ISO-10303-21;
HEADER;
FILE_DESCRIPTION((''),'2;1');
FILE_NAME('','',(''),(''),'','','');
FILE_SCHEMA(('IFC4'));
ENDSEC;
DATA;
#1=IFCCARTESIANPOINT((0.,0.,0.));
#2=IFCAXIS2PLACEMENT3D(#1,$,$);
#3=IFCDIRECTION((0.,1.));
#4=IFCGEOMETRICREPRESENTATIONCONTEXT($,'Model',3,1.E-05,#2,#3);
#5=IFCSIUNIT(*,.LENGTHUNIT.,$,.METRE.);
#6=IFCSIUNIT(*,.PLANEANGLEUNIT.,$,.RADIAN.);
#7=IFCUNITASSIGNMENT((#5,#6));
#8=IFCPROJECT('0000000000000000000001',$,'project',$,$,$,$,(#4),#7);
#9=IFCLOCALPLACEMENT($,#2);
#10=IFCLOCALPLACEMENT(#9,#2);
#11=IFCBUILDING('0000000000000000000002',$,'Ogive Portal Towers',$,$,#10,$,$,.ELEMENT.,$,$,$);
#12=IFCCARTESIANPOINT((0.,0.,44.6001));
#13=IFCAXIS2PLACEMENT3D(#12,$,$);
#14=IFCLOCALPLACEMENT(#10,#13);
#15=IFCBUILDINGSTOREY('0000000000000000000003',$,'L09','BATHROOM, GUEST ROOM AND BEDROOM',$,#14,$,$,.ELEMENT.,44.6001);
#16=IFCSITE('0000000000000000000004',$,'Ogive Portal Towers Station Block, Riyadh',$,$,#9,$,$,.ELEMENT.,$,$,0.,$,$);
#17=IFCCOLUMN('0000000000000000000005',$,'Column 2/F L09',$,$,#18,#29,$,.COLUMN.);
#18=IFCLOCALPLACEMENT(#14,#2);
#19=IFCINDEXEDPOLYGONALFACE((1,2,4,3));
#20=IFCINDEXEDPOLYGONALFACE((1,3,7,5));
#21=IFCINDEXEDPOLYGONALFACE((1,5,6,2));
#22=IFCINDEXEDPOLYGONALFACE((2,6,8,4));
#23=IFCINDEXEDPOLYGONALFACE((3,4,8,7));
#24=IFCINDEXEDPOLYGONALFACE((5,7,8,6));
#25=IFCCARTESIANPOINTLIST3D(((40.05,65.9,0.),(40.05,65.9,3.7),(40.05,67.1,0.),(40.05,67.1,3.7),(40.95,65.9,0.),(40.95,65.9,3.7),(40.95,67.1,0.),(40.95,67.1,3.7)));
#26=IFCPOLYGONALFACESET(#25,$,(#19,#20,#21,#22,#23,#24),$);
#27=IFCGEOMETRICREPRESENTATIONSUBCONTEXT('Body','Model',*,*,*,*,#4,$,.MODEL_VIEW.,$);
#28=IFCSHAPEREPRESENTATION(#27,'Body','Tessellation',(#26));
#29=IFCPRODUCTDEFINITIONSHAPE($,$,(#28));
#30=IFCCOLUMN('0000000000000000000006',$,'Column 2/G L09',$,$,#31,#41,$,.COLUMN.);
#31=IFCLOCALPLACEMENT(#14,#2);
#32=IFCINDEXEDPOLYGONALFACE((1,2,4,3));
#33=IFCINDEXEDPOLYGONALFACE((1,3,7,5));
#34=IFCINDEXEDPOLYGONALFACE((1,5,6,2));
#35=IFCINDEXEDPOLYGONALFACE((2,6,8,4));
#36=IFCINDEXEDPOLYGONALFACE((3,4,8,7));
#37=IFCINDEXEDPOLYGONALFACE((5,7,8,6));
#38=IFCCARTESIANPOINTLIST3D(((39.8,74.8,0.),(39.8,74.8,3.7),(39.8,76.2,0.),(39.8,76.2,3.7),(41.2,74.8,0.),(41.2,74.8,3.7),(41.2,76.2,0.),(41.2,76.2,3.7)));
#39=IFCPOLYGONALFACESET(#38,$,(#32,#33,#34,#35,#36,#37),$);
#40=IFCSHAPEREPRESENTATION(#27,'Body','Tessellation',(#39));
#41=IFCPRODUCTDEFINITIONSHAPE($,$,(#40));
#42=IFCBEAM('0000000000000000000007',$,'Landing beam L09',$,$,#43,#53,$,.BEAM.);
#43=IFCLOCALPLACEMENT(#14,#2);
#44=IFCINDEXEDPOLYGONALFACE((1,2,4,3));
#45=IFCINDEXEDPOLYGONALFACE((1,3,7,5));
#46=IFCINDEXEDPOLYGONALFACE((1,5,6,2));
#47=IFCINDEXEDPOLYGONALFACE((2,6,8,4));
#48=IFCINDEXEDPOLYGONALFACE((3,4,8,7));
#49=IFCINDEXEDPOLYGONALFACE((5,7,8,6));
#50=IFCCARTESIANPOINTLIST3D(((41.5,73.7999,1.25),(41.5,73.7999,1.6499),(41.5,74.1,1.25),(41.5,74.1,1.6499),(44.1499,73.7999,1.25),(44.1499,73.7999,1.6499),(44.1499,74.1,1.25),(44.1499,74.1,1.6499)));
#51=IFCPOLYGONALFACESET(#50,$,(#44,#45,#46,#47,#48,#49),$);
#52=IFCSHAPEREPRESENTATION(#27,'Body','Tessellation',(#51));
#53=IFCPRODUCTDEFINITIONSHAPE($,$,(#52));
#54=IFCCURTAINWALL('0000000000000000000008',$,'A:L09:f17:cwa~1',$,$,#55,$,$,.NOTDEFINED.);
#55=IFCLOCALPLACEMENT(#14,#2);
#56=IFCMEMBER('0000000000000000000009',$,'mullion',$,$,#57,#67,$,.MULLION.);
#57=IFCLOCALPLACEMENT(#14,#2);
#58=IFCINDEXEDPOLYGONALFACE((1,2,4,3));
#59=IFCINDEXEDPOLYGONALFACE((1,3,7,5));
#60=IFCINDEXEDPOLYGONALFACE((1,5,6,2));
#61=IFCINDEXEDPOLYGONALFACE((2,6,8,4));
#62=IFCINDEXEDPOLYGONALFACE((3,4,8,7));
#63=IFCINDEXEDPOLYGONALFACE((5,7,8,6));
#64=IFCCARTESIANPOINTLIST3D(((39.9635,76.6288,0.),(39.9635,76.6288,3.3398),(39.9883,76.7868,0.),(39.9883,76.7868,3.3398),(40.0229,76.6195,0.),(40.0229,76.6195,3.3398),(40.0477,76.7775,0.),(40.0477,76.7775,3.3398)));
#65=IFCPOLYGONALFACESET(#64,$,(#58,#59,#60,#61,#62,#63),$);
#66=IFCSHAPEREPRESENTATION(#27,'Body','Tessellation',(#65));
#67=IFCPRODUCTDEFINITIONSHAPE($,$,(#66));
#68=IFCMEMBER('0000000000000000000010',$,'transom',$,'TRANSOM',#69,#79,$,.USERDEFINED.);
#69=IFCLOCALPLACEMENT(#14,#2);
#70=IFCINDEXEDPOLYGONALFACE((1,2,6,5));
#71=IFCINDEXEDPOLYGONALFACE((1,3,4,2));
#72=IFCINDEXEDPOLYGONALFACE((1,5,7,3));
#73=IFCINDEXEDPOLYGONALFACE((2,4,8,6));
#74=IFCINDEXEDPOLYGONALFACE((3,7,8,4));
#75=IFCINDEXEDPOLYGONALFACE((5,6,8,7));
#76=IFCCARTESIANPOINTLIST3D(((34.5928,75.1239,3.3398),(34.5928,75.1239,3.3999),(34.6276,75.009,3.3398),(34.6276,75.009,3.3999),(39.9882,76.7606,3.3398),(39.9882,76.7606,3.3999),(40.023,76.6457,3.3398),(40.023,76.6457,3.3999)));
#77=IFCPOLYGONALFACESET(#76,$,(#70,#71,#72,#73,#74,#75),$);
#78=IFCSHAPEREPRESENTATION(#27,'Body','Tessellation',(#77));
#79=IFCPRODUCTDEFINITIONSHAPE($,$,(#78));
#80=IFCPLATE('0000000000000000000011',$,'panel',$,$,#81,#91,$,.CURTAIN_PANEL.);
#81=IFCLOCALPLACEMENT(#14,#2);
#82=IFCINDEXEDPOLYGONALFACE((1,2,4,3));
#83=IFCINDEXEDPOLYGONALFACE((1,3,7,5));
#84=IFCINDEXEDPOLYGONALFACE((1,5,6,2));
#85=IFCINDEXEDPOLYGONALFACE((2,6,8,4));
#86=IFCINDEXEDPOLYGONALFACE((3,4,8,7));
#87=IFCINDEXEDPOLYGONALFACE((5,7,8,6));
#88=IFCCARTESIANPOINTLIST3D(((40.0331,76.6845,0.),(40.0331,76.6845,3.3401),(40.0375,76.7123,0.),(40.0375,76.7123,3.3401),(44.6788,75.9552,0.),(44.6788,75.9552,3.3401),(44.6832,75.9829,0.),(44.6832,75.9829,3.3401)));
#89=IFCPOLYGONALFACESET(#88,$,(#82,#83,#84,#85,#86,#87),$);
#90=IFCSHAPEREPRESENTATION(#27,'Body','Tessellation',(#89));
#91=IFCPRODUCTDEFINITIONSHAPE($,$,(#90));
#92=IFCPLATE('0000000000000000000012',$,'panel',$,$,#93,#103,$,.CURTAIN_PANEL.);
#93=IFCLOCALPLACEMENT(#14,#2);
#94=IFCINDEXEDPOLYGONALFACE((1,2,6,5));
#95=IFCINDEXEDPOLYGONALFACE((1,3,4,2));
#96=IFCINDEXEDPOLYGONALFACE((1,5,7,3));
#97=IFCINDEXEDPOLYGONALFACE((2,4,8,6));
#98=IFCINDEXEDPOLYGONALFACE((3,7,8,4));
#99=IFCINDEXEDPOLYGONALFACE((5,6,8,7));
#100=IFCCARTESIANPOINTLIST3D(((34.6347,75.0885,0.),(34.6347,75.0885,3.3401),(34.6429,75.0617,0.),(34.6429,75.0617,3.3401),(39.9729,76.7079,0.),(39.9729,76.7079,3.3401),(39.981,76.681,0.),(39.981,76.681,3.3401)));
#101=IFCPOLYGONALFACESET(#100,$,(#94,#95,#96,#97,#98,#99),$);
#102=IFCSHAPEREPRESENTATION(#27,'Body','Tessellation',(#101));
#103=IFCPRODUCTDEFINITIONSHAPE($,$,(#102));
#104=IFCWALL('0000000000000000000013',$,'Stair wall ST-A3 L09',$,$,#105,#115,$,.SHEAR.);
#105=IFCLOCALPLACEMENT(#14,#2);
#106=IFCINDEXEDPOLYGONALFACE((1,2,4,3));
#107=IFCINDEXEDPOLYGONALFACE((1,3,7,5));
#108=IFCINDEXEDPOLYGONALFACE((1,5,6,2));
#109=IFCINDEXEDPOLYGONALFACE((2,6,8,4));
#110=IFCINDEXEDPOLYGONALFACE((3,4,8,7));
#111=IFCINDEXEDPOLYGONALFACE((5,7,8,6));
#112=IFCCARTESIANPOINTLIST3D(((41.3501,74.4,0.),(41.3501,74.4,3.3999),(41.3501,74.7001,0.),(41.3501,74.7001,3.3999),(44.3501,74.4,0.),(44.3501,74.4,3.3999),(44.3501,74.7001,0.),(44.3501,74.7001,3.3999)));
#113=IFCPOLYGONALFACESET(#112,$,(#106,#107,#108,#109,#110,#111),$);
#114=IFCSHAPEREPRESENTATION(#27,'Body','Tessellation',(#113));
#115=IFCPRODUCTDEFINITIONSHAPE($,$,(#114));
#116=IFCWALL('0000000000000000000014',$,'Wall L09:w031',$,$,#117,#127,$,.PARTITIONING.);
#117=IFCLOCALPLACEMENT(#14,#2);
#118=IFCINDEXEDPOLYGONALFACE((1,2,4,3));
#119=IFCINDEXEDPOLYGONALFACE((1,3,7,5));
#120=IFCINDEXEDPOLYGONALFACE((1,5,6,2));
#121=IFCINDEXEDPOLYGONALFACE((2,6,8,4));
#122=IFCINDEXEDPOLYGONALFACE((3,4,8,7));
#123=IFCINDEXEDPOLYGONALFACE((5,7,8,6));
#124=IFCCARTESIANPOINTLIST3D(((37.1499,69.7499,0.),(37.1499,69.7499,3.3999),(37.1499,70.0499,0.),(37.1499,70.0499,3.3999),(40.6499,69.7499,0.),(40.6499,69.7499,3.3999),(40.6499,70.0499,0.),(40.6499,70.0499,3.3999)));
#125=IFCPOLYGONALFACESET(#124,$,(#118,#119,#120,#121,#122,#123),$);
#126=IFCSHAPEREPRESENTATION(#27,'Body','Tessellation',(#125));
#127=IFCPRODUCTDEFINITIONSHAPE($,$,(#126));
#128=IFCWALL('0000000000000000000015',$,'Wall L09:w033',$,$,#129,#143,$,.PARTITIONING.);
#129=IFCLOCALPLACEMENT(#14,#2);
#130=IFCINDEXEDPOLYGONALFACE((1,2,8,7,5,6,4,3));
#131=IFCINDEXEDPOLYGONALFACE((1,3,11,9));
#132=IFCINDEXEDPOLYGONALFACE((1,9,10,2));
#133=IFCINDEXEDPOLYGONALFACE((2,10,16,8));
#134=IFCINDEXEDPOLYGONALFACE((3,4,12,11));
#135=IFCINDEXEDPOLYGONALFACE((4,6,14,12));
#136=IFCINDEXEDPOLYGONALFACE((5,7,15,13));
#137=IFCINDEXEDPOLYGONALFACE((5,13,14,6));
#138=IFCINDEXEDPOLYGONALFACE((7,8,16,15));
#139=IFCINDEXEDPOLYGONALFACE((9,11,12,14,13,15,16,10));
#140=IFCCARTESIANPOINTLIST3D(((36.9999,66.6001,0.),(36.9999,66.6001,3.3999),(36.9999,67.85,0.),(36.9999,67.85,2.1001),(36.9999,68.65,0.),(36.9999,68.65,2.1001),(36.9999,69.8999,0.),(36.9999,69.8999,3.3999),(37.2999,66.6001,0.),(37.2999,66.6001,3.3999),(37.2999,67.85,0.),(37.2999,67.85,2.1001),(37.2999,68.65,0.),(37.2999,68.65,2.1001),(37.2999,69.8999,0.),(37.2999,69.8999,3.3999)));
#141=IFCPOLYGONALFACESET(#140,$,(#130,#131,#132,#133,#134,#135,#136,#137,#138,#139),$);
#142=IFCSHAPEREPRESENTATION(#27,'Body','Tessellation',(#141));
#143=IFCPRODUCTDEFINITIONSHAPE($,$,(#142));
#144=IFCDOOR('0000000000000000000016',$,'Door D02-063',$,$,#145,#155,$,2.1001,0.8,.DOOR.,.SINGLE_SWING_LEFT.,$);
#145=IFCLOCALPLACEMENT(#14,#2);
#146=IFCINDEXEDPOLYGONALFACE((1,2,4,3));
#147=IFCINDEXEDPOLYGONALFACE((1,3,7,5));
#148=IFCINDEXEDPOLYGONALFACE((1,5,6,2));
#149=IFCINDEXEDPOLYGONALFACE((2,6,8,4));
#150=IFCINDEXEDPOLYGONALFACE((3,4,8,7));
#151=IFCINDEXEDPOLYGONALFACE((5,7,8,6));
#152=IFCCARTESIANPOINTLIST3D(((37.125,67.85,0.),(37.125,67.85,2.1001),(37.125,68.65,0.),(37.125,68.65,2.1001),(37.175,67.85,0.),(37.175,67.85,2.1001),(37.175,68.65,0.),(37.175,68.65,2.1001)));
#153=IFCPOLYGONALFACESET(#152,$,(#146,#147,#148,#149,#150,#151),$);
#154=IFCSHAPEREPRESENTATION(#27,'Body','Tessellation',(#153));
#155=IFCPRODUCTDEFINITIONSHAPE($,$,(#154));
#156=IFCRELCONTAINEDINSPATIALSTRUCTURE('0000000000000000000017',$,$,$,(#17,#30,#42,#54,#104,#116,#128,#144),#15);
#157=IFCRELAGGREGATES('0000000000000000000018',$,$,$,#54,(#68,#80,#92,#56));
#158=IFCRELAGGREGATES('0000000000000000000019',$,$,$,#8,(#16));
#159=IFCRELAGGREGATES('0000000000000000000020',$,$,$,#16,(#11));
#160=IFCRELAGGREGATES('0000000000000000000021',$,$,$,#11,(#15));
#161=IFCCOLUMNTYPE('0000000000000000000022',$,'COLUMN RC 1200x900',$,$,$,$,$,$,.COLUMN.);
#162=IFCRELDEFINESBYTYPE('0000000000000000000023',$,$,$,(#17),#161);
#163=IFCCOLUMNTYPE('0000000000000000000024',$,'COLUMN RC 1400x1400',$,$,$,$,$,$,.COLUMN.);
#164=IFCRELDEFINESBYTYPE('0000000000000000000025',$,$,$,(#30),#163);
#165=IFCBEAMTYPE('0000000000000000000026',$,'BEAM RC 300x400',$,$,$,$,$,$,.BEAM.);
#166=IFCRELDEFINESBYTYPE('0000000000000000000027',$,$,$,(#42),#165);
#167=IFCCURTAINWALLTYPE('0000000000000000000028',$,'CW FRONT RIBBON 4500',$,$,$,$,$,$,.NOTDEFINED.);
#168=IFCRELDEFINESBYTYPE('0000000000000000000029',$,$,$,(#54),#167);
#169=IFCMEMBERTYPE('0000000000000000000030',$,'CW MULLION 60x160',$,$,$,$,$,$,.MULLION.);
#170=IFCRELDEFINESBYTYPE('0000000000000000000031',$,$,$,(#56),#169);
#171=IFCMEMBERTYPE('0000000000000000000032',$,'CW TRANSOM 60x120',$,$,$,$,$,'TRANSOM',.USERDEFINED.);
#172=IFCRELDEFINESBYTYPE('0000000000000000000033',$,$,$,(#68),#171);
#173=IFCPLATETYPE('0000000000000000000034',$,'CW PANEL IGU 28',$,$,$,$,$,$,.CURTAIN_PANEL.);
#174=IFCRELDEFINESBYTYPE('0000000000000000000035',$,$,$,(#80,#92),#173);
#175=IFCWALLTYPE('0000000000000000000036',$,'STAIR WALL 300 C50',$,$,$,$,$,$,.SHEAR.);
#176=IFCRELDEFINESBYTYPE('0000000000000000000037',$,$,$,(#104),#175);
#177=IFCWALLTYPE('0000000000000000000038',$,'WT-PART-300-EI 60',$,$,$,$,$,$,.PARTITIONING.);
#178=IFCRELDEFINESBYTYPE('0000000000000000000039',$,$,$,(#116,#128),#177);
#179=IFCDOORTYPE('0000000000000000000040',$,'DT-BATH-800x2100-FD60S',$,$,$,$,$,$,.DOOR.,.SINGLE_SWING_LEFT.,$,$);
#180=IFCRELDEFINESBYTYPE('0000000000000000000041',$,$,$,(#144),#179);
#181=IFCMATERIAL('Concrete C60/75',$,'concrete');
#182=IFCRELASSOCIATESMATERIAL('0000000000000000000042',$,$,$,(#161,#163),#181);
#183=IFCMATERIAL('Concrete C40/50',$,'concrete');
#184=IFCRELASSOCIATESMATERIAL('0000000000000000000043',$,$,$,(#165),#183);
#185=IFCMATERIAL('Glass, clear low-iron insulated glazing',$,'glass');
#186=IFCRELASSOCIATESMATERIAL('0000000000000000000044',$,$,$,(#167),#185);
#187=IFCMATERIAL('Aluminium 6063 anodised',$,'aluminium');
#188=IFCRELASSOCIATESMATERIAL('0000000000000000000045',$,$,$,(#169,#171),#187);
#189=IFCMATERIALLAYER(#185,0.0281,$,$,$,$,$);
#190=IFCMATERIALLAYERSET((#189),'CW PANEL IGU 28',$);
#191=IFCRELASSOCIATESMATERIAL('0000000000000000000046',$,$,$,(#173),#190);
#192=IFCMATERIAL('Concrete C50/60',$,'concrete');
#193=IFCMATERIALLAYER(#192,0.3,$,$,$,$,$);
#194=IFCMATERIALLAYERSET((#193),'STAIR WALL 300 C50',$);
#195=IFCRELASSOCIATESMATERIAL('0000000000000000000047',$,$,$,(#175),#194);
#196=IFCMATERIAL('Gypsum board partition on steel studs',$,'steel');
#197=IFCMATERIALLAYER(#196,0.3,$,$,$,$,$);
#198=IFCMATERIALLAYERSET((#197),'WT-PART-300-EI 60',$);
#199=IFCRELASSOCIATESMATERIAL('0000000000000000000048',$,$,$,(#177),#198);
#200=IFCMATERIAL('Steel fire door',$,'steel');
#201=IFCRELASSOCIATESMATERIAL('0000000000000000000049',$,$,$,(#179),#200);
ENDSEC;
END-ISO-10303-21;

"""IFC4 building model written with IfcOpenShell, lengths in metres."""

from ifc_helpers import new_model, si_unit, direction, frame, frame_2d, origin, origin_2d, place, context, subcontext, project, spatial, rectangle, extrude, material, layer, layer_set, material_profile, profile_set, type_object, element, fill, aggregate, save


model = new_model("IFC4")

# Units and contexts
model_context = context("Model", 3, precision=1e-05, world=origin(), true_north=direction((0.0, 1.0)))
body_context = subcontext(model_context, "Body", "Model", "MODEL_VIEW")
ifc_project = project(units=[si_unit("LENGTHUNIT", "METRE"), si_unit("PLANEANGLEUNIT", "RADIAN")], contexts=[model_context])

# Site, building, storey
site_placement = place(None, origin())
site = spatial("IfcSite", under=ifc_project, at=site_placement, Name="Ogive Portal Towers Station Block, Riyadh", CompositionType="ELEMENT", RefElevation=0.0)
building_placement = place(site_placement, origin())
building = spatial("IfcBuilding", under=site, at=building_placement, Name="Ogive Portal Towers", CompositionType="ELEMENT")
storey_placement = place(building_placement, frame((0.0, 0.0, 44.6001)))
storey = spatial("IfcBuildingStorey", under=building, at=storey_placement, Name="L09", Description="BATHROOM, GUEST ROOM AND BEDROOM", CompositionType="ELEMENT", Elevation=44.6001)

# Columns
ifc_material_1 = material(Name="Concrete C60/75", Category="concrete")
ifc_material_profile_1 = material_profile(ifc_material_1, rectangle(XDim=1.2, YDim=0.8999, at=origin_2d()), Name="RC 1200x900")
ifc_profile_set_1 = profile_set([ifc_material_profile_1], Name="Concrete C60/75")
column_type_1 = type_object("IfcColumnType", Name="COLUMN RC 1200x900", PredefinedType="COLUMN", material=ifc_profile_set_1)
column_1_placement = place(storey_placement, frame((40.5, 66.5, 0.0), z_axis=(0.0, 0.0, 1.0), x_axis=(0.0, 1.0, 0.0)))
element("IfcColumn", 1, at=column_1_placement, inside=storey, type_object=column_type_1, Name="Column 2/F L09", PredefinedType="COLUMN", context=body_context, shape_type="SweptSolid", body=[
    extrude(rectangle(XDim=1.2, YDim=0.8999, at=origin_2d()), origin(), (0.0, 0.0, 1.0), 3.7),
])
ifc_material_profile_2 = material_profile(ifc_material_1, rectangle(XDim=1.3999, YDim=1.3999, at=origin_2d()), Name="RC 1400x1400")
ifc_profile_set_2 = profile_set([ifc_material_profile_2], Name="Concrete C60/75")
column_type_2 = type_object("IfcColumnType", Name="COLUMN RC 1400x1400", PredefinedType="COLUMN", material=ifc_profile_set_2)
column_2_placement = place(storey_placement, frame((40.5, 75.5, 0.0), z_axis=(0.0, 0.0, 1.0), x_axis=(1.0, 0.0, 0.0)))
element("IfcColumn", 2, at=column_2_placement, inside=storey, type_object=column_type_2, Name="Column 2/G L09", PredefinedType="COLUMN", context=body_context, shape_type="SweptSolid", body=[
    extrude(rectangle(XDim=1.3999, YDim=1.3999, at=origin_2d()), origin(), (0.0, 0.0, 1.0), 3.7),
])

# Beam
ifc_material_2 = material(Name="Concrete C40/50", Category="concrete")
ifc_material_profile_3 = material_profile(ifc_material_2, rectangle(XDim=0.3, YDim=0.3999, at=origin_2d()), Name="RC 300x400")
ifc_profile_set_3 = profile_set([ifc_material_profile_3], Name="Concrete C40/50")
beam_type = type_object("IfcBeamType", Name="BEAM RC 300x400", PredefinedType="BEAM", material=ifc_profile_set_3)
beam_placement = place(storey_placement, frame((41.5, 73.95, 1.45), z_axis=(1.0, 0.0, 0.0), x_axis=(0.0, 1.0, 0.0)))
element("IfcBeam", 3, at=beam_placement, inside=storey, type_object=beam_type, Name="Landing beam L09", PredefinedType="BEAM", context=body_context, shape_type="SweptSolid", body=[
    extrude(rectangle(XDim=0.3, YDim=0.3999, at=origin_2d()), origin(), (0.0, 0.0, 1.0), 2.6499),
])

# Curtain wall, members, plates
ifc_material_3 = material(Name="Glass, clear low-iron insulated glazing", Category="glass")
curtain_wall_type = type_object("IfcCurtainWallType", Name="CW FRONT RIBBON 4500", PredefinedType="NOTDEFINED", material=ifc_material_3)
curtain_wall_placement = place(storey_placement, origin())
curtain_wall = element("IfcCurtainWall", 4, at=curtain_wall_placement, inside=storey, type_object=curtain_wall_type, Name="A:L09:f17:cwa~1", PredefinedType="NOTDEFINED")
ifc_material_4 = material(Name="Aluminium 6063 anodised", Category="aluminium")
ifc_material_profile_4 = material_profile(ifc_material_4, rectangle(XDim=0.1599, YDim=0.0601, at=origin_2d()), Name="AL 60x160")
ifc_profile_set_4 = profile_set([ifc_material_profile_4], Name="Aluminium 6063 anodised")
member_type_1 = type_object("IfcMemberType", Name="CW MULLION 60x160", PredefinedType="MULLION", material=ifc_profile_set_4)
member_1_placement = place(storey_placement, frame((40.0056, 76.7031, 0.0), z_axis=(0.0, 0.0, 1.0), x_axis=(-0.155089, -0.987901, 0.0)))
member_1 = element("IfcMember", 5, at=member_1_placement, type_object=member_type_1, Name="mullion", PredefinedType="MULLION", context=body_context, shape_type="SweptSolid", body=[
    extrude(rectangle(XDim=0.1599, YDim=0.0601, at=origin_2d()), origin(), (0.0, 0.0, 1.0), 3.3398),
])
ifc_material_profile_5 = material_profile(ifc_material_4, rectangle(XDim=0.1201, YDim=0.0601, at=origin_2d()), Name="AL 120x60")
ifc_profile_set_5 = profile_set([ifc_material_profile_5], Name="Aluminium 6063 anodised")
member_type_2 = type_object("IfcMemberType", Name="CW TRANSOM 60x120", ElementType="TRANSOM", PredefinedType="USERDEFINED", material=ifc_profile_set_5)
member_2_placement = place(storey_placement, frame((40.0056, 76.7031, 3.3699), z_axis=(-0.95694, -0.290286, 0.0), x_axis=(0.290286, -0.95694, 0.0)))
member_2 = element("IfcMember", 6, at=member_2_placement, type_object=member_type_2, Name="transom", ObjectType="TRANSOM", PredefinedType="USERDEFINED", context=body_context, shape_type="SweptSolid", body=[
    extrude(rectangle(XDim=0.1201, YDim=0.0601, at=origin_2d()), origin(), (0.0, 0.0, 1.0), 5.6382),
])
ifc_layer_1 = layer(ifc_material_3, 0.0281)
ifc_layer_set_1 = layer_set([ifc_layer_1], Name="CW PANEL IGU 28")
plate_type = type_object("IfcPlateType", Name="CW PANEL IGU 28", PredefinedType="CURTAIN_PANEL", material=ifc_layer_set_1)
plate_1_placement = place(storey_placement, frame((42.3582, 76.3337, 0.0), z_axis=(0.0, 0.0, 1.0), x_axis=(-0.987901, 0.155089, 0.0)))
plate_1 = element("IfcPlate", 7, at=plate_1_placement, type_object=plate_type, Name="panel", PredefinedType="CURTAIN_PANEL", context=body_context, shape_type="SweptSolid", body=[
    extrude(rectangle(XDim=4.7026, YDim=0.0281, at=origin_2d()), origin(), (0.0, 0.0, 1.0), 3.3401),
])
plate_2_placement = place(storey_placement, frame((37.3079, 75.8848, 0.0), z_axis=(0.0, 0.0, 1.0), x_axis=(-0.95694, -0.290285, 0.0)))
plate_2 = element("IfcPlate", 8, at=plate_2_placement, type_object=plate_type, Name="panel", PredefinedType="CURTAIN_PANEL", context=body_context, shape_type="SweptSolid", body=[
    extrude(rectangle(XDim=5.5784, YDim=0.0281, at=origin_2d()), origin(), (0.0, 0.0, 1.0), 3.3401),
])
aggregate(curtain_wall, [member_2, plate_1, plate_2, member_1])

# Walls
ifc_material_5 = material(Name="Concrete C50/60", Category="concrete")
ifc_layer_2 = layer(ifc_material_5, 0.3)
ifc_layer_set_2 = layer_set([ifc_layer_2], Name="STAIR WALL 300 C50")
wall_type_1 = type_object("IfcWallType", Name="STAIR WALL 300 C50", PredefinedType="SHEAR", material=ifc_layer_set_2)
wall_1_placement = place(storey_placement, frame((41.3501, 74.55, 0.0), z_axis=(0.0, 0.0, 1.0), x_axis=(1.0, 0.0, 0.0)))
element("IfcWall", 9, at=wall_1_placement, inside=storey, type_object=wall_type_1, Name="Stair wall ST-A3 L09", PredefinedType="SHEAR", context=body_context, shape_type="SweptSolid", body=[
    extrude(rectangle(XDim=3.0, YDim=0.3, at=frame_2d((1.5, 0.0))), origin(), (0.0, 0.0, 1.0), 3.3999),
])
ifc_material_6 = material(Name="Gypsum board partition on steel studs", Category="steel")
ifc_layer_3 = layer(ifc_material_6, 0.3)
ifc_layer_set_3 = layer_set([ifc_layer_3], Name="WT-PART-300-EI 60")
wall_type_2 = type_object("IfcWallType", Name="WT-PART-300-EI 60", PredefinedType="PARTITIONING", material=ifc_layer_set_3)
wall_2_placement = place(storey_placement, frame((37.1499, 69.8999, 0.0), z_axis=(0.0, 0.0, 1.0), x_axis=(1.0, 0.0, 0.0)))
element("IfcWall", 10, at=wall_2_placement, inside=storey, type_object=wall_type_2, Name="Wall L09:w031", PredefinedType="PARTITIONING", context=body_context, shape_type="SweptSolid", body=[
    extrude(rectangle(XDim=3.5, YDim=0.3, at=frame_2d((1.75, 0.0))), origin(), (0.0, 0.0, 1.0), 3.3999),
])

# Wall, opening, door
wall_3_placement = place(storey_placement, frame((37.1499, 66.6001, 0.0), z_axis=(0.0, 0.0, 1.0), x_axis=(0.0, 1.0, 0.0)))
wall_3 = element("IfcWall", 11, at=wall_3_placement, inside=storey, type_object=wall_type_2, Name="Wall L09:w033", PredefinedType="PARTITIONING", context=body_context, shape_type="SweptSolid", body=[
    extrude(rectangle(XDim=3.2998, YDim=0.3, at=frame_2d((1.6499, 0.0))), origin(), (0.0, 0.0, 1.0), 3.3999),
])
opening_placement = place(wall_3_placement, frame((1.25, 0.0, 0.0)))
opening = element("IfcOpeningElement", 12, at=opening_placement, cuts=wall_3, PredefinedType="OPENING", context=body_context, shape_type="SweptSolid", body=[
    extrude(rectangle(XDim=0.8, YDim=2.1001, at=frame_2d((0.3999, 1.05))), frame((0.0, 0.1602, 0.0), z_axis=(0.0, -1.0, 0.0), x_axis=(1.0, 0.0, 0.0)), (0.0, 0.0, 1.0), 0.3201),
])
ifc_material_7 = material(Name="Steel fire door", Category="steel")
door_type = type_object("IfcDoorType", Name="DT-BATH-800x2100-FD60S", OperationType="SINGLE_SWING_LEFT", PredefinedType="DOOR", material=ifc_material_7)
door_placement = place(opening_placement, origin())
door = element("IfcDoor", 13, at=door_placement, inside=storey, type_object=door_type, Name="Door D02-063", OperationType="SINGLE_SWING_LEFT", OverallHeight=2.1001, OverallWidth=0.8, PredefinedType="DOOR", context=body_context, shape_type="SweptSolid", body=[
    extrude(rectangle(XDim=0.8, YDim=2.1001, at=frame_2d((0.3999, 1.05))), frame((0.0, 0.0249, 0.0), z_axis=(0.0, -1.0, 0.0), x_axis=(1.0, 0.0, 0.0)), (0.0, 0.0, 1.0), 0.05),
])
fill(opening, door)

save(model, "model.ifc")
